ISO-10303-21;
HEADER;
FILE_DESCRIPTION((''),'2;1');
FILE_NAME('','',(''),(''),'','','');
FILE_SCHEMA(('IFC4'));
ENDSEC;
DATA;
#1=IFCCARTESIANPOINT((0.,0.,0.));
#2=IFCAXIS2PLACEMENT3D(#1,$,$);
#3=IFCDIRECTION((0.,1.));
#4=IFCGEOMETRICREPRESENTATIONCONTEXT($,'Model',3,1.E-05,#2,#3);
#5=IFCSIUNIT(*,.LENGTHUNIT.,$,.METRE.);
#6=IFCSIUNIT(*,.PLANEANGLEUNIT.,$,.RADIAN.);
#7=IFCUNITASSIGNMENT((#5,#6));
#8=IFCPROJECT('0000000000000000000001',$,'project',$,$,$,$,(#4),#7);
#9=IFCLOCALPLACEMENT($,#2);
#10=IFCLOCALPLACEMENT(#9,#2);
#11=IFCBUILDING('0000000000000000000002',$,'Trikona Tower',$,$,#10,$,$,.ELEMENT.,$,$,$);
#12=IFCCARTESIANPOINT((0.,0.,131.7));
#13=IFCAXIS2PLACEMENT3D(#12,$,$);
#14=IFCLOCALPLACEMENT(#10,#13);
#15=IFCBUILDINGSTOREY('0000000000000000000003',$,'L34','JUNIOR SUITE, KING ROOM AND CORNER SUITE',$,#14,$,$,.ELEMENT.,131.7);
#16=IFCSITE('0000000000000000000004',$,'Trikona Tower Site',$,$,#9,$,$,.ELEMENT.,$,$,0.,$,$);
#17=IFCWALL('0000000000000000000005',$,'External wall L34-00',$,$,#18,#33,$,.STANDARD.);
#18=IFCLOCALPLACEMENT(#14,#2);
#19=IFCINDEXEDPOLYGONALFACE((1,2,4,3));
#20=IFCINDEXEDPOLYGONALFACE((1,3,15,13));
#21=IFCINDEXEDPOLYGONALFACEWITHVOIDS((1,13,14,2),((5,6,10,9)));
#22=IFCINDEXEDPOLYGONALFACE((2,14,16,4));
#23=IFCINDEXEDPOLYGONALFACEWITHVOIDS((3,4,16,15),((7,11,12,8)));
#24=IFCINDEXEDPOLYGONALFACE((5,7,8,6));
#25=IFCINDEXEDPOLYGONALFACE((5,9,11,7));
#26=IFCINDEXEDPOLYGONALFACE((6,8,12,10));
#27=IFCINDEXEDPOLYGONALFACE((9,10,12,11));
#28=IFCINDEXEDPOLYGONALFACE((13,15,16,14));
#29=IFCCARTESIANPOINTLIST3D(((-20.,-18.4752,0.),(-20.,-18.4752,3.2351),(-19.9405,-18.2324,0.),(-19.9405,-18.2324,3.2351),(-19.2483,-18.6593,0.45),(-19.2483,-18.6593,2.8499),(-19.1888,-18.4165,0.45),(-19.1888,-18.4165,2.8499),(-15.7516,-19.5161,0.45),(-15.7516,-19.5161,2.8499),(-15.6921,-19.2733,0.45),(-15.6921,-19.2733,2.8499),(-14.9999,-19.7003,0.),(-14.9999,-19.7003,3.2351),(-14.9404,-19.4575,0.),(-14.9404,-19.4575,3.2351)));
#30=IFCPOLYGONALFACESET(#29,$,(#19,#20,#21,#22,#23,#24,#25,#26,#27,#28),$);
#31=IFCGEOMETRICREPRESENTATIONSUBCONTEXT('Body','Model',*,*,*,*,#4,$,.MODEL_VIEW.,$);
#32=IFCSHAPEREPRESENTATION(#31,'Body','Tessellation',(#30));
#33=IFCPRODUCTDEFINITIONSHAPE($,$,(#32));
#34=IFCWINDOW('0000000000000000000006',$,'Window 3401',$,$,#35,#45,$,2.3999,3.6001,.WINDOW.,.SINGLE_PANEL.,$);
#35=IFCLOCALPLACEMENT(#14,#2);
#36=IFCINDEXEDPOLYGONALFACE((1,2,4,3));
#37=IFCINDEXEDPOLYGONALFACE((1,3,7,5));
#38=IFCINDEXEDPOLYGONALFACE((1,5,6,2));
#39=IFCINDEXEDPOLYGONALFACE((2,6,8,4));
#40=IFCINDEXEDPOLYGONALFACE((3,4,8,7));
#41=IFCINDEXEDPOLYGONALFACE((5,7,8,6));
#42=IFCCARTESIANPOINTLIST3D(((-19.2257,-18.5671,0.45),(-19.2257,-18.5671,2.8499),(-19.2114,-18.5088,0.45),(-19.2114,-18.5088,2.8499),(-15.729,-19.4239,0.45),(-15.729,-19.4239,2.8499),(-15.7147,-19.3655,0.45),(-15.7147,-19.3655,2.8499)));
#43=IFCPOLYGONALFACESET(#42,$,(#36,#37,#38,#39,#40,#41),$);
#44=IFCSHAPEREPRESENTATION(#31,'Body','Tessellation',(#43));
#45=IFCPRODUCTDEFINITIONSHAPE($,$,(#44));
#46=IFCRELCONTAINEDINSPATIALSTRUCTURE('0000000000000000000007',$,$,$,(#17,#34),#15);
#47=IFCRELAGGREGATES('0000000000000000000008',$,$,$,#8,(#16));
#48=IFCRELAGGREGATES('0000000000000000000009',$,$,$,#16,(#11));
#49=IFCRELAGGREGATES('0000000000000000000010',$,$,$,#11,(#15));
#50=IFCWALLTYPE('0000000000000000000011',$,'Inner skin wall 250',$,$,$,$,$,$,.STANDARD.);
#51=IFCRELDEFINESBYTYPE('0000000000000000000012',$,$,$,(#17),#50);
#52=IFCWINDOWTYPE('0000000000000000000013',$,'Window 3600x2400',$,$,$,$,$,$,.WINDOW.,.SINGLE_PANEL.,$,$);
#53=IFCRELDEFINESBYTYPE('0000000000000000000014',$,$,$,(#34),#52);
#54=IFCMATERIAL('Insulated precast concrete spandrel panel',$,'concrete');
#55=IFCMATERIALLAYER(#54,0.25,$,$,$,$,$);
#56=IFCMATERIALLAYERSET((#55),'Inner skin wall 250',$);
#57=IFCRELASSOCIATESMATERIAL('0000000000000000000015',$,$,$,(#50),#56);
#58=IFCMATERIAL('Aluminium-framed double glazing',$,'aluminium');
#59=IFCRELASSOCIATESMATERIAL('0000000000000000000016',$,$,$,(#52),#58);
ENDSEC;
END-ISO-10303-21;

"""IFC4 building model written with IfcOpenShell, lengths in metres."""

from ifc_helpers import new_model, si_unit, direction, frame, frame_2d, origin, place, context, subcontext, project, spatial, rectangle, extrude, material, layer, layer_set, type_object, element, fill, save


model = new_model("IFC4")

# Units and contexts
model_context = context("Model", 3, precision=1e-05, world=origin(), true_north=direction((0.0, 1.0)))
body_context = subcontext(model_context, "Body", "Model", "MODEL_VIEW")
ifc_project = project(units=[si_unit("LENGTHUNIT", "METRE"), si_unit("PLANEANGLEUNIT", "RADIAN")], contexts=[model_context])

# Site, building, storey
site_placement = place(None, origin())
site = spatial("IfcSite", under=ifc_project, at=site_placement, Name="Trikona Tower Site", CompositionType="ELEMENT", RefElevation=0.0)
building_placement = place(site_placement, origin())
building = spatial("IfcBuilding", under=site, at=building_placement, Name="Trikona Tower", CompositionType="ELEMENT")
storey_placement = place(building_placement, frame((0.0, 0.0, 131.7)))
storey = spatial("IfcBuildingStorey", under=building, at=storey_placement, Name="L34", Description="JUNIOR SUITE, KING ROOM AND CORNER SUITE", CompositionType="ELEMENT", Elevation=131.7)

# Wall, opening, window
ifc_material_1 = material(Name="Insulated precast concrete spandrel panel", Category="concrete")
ifc_layer_1 = layer(ifc_material_1, 0.25)
ifc_layer_set_1 = layer_set([ifc_layer_1], Name="Inner skin wall 250")
wall_type_1 = type_object("IfcWallType", Name="Inner skin wall 250", PredefinedType="STANDARD", material=ifc_layer_set_1)
wall_1_placement = place(storey_placement, frame((-19.9702, -18.3538, 0.0), z_axis=(0.0, 0.0, 1.0), x_axis=(0.97127, -0.23798, 0.0)))
wall_1 = element("IfcWall", 1, at=wall_1_placement, inside=storey, type_object=wall_type_1, Name="External wall L34-00", PredefinedType="STANDARD", context=body_context, shape_type="SweptSolid", body=[
    extrude(rectangle(XDim=5.1479, YDim=0.25, at=frame_2d((2.574, 0.0))), origin(), (0.0, 0.0, 1.0), 3.2351),
])
opening_1_placement = place(wall_1_placement, frame((0.7739, 0.0, 0.45)))
opening_1 = element("IfcOpeningElement", 2, at=opening_1_placement, cuts=wall_1, PredefinedType="OPENING", context=body_context, shape_type="SweptSolid", body=[
    extrude(rectangle(XDim=3.6001, YDim=2.3999, at=frame_2d((1.8, 1.2))), frame((0.0, 0.135, 0.0), z_axis=(0.0, -1.0, 0.0), x_axis=(1.0, 0.0, 0.0)), (0.0, 0.0, 1.0), 0.27),
])
ifc_material_2 = material(Name="Aluminium-framed double glazing", Category="aluminium")
window_type_1 = type_object("IfcWindowType", Name="Window 3600x2400", PartitioningType="SINGLE_PANEL", PredefinedType="WINDOW", material=ifc_material_2)
window_1_placement = place(opening_1_placement, origin())
window_1 = element("IfcWindow", 3, at=window_1_placement, inside=storey, type_object=window_type_1, Name="Window 3401", OverallHeight=2.3999, OverallWidth=3.6001, PartitioningType="SINGLE_PANEL", PredefinedType="WINDOW", context=body_context, shape_type="SweptSolid", body=[
    extrude(rectangle(XDim=3.6001, YDim=2.3999, at=frame_2d((1.8, 1.2))), frame((0.0, 0.03, 0.0), z_axis=(0.0, -1.0, 0.0), x_axis=(1.0, 0.0, 0.0)), (0.0, 0.0, 1.0), 0.0601),
])
fill(opening_1, window_1)

save(model, "model.ifc")
